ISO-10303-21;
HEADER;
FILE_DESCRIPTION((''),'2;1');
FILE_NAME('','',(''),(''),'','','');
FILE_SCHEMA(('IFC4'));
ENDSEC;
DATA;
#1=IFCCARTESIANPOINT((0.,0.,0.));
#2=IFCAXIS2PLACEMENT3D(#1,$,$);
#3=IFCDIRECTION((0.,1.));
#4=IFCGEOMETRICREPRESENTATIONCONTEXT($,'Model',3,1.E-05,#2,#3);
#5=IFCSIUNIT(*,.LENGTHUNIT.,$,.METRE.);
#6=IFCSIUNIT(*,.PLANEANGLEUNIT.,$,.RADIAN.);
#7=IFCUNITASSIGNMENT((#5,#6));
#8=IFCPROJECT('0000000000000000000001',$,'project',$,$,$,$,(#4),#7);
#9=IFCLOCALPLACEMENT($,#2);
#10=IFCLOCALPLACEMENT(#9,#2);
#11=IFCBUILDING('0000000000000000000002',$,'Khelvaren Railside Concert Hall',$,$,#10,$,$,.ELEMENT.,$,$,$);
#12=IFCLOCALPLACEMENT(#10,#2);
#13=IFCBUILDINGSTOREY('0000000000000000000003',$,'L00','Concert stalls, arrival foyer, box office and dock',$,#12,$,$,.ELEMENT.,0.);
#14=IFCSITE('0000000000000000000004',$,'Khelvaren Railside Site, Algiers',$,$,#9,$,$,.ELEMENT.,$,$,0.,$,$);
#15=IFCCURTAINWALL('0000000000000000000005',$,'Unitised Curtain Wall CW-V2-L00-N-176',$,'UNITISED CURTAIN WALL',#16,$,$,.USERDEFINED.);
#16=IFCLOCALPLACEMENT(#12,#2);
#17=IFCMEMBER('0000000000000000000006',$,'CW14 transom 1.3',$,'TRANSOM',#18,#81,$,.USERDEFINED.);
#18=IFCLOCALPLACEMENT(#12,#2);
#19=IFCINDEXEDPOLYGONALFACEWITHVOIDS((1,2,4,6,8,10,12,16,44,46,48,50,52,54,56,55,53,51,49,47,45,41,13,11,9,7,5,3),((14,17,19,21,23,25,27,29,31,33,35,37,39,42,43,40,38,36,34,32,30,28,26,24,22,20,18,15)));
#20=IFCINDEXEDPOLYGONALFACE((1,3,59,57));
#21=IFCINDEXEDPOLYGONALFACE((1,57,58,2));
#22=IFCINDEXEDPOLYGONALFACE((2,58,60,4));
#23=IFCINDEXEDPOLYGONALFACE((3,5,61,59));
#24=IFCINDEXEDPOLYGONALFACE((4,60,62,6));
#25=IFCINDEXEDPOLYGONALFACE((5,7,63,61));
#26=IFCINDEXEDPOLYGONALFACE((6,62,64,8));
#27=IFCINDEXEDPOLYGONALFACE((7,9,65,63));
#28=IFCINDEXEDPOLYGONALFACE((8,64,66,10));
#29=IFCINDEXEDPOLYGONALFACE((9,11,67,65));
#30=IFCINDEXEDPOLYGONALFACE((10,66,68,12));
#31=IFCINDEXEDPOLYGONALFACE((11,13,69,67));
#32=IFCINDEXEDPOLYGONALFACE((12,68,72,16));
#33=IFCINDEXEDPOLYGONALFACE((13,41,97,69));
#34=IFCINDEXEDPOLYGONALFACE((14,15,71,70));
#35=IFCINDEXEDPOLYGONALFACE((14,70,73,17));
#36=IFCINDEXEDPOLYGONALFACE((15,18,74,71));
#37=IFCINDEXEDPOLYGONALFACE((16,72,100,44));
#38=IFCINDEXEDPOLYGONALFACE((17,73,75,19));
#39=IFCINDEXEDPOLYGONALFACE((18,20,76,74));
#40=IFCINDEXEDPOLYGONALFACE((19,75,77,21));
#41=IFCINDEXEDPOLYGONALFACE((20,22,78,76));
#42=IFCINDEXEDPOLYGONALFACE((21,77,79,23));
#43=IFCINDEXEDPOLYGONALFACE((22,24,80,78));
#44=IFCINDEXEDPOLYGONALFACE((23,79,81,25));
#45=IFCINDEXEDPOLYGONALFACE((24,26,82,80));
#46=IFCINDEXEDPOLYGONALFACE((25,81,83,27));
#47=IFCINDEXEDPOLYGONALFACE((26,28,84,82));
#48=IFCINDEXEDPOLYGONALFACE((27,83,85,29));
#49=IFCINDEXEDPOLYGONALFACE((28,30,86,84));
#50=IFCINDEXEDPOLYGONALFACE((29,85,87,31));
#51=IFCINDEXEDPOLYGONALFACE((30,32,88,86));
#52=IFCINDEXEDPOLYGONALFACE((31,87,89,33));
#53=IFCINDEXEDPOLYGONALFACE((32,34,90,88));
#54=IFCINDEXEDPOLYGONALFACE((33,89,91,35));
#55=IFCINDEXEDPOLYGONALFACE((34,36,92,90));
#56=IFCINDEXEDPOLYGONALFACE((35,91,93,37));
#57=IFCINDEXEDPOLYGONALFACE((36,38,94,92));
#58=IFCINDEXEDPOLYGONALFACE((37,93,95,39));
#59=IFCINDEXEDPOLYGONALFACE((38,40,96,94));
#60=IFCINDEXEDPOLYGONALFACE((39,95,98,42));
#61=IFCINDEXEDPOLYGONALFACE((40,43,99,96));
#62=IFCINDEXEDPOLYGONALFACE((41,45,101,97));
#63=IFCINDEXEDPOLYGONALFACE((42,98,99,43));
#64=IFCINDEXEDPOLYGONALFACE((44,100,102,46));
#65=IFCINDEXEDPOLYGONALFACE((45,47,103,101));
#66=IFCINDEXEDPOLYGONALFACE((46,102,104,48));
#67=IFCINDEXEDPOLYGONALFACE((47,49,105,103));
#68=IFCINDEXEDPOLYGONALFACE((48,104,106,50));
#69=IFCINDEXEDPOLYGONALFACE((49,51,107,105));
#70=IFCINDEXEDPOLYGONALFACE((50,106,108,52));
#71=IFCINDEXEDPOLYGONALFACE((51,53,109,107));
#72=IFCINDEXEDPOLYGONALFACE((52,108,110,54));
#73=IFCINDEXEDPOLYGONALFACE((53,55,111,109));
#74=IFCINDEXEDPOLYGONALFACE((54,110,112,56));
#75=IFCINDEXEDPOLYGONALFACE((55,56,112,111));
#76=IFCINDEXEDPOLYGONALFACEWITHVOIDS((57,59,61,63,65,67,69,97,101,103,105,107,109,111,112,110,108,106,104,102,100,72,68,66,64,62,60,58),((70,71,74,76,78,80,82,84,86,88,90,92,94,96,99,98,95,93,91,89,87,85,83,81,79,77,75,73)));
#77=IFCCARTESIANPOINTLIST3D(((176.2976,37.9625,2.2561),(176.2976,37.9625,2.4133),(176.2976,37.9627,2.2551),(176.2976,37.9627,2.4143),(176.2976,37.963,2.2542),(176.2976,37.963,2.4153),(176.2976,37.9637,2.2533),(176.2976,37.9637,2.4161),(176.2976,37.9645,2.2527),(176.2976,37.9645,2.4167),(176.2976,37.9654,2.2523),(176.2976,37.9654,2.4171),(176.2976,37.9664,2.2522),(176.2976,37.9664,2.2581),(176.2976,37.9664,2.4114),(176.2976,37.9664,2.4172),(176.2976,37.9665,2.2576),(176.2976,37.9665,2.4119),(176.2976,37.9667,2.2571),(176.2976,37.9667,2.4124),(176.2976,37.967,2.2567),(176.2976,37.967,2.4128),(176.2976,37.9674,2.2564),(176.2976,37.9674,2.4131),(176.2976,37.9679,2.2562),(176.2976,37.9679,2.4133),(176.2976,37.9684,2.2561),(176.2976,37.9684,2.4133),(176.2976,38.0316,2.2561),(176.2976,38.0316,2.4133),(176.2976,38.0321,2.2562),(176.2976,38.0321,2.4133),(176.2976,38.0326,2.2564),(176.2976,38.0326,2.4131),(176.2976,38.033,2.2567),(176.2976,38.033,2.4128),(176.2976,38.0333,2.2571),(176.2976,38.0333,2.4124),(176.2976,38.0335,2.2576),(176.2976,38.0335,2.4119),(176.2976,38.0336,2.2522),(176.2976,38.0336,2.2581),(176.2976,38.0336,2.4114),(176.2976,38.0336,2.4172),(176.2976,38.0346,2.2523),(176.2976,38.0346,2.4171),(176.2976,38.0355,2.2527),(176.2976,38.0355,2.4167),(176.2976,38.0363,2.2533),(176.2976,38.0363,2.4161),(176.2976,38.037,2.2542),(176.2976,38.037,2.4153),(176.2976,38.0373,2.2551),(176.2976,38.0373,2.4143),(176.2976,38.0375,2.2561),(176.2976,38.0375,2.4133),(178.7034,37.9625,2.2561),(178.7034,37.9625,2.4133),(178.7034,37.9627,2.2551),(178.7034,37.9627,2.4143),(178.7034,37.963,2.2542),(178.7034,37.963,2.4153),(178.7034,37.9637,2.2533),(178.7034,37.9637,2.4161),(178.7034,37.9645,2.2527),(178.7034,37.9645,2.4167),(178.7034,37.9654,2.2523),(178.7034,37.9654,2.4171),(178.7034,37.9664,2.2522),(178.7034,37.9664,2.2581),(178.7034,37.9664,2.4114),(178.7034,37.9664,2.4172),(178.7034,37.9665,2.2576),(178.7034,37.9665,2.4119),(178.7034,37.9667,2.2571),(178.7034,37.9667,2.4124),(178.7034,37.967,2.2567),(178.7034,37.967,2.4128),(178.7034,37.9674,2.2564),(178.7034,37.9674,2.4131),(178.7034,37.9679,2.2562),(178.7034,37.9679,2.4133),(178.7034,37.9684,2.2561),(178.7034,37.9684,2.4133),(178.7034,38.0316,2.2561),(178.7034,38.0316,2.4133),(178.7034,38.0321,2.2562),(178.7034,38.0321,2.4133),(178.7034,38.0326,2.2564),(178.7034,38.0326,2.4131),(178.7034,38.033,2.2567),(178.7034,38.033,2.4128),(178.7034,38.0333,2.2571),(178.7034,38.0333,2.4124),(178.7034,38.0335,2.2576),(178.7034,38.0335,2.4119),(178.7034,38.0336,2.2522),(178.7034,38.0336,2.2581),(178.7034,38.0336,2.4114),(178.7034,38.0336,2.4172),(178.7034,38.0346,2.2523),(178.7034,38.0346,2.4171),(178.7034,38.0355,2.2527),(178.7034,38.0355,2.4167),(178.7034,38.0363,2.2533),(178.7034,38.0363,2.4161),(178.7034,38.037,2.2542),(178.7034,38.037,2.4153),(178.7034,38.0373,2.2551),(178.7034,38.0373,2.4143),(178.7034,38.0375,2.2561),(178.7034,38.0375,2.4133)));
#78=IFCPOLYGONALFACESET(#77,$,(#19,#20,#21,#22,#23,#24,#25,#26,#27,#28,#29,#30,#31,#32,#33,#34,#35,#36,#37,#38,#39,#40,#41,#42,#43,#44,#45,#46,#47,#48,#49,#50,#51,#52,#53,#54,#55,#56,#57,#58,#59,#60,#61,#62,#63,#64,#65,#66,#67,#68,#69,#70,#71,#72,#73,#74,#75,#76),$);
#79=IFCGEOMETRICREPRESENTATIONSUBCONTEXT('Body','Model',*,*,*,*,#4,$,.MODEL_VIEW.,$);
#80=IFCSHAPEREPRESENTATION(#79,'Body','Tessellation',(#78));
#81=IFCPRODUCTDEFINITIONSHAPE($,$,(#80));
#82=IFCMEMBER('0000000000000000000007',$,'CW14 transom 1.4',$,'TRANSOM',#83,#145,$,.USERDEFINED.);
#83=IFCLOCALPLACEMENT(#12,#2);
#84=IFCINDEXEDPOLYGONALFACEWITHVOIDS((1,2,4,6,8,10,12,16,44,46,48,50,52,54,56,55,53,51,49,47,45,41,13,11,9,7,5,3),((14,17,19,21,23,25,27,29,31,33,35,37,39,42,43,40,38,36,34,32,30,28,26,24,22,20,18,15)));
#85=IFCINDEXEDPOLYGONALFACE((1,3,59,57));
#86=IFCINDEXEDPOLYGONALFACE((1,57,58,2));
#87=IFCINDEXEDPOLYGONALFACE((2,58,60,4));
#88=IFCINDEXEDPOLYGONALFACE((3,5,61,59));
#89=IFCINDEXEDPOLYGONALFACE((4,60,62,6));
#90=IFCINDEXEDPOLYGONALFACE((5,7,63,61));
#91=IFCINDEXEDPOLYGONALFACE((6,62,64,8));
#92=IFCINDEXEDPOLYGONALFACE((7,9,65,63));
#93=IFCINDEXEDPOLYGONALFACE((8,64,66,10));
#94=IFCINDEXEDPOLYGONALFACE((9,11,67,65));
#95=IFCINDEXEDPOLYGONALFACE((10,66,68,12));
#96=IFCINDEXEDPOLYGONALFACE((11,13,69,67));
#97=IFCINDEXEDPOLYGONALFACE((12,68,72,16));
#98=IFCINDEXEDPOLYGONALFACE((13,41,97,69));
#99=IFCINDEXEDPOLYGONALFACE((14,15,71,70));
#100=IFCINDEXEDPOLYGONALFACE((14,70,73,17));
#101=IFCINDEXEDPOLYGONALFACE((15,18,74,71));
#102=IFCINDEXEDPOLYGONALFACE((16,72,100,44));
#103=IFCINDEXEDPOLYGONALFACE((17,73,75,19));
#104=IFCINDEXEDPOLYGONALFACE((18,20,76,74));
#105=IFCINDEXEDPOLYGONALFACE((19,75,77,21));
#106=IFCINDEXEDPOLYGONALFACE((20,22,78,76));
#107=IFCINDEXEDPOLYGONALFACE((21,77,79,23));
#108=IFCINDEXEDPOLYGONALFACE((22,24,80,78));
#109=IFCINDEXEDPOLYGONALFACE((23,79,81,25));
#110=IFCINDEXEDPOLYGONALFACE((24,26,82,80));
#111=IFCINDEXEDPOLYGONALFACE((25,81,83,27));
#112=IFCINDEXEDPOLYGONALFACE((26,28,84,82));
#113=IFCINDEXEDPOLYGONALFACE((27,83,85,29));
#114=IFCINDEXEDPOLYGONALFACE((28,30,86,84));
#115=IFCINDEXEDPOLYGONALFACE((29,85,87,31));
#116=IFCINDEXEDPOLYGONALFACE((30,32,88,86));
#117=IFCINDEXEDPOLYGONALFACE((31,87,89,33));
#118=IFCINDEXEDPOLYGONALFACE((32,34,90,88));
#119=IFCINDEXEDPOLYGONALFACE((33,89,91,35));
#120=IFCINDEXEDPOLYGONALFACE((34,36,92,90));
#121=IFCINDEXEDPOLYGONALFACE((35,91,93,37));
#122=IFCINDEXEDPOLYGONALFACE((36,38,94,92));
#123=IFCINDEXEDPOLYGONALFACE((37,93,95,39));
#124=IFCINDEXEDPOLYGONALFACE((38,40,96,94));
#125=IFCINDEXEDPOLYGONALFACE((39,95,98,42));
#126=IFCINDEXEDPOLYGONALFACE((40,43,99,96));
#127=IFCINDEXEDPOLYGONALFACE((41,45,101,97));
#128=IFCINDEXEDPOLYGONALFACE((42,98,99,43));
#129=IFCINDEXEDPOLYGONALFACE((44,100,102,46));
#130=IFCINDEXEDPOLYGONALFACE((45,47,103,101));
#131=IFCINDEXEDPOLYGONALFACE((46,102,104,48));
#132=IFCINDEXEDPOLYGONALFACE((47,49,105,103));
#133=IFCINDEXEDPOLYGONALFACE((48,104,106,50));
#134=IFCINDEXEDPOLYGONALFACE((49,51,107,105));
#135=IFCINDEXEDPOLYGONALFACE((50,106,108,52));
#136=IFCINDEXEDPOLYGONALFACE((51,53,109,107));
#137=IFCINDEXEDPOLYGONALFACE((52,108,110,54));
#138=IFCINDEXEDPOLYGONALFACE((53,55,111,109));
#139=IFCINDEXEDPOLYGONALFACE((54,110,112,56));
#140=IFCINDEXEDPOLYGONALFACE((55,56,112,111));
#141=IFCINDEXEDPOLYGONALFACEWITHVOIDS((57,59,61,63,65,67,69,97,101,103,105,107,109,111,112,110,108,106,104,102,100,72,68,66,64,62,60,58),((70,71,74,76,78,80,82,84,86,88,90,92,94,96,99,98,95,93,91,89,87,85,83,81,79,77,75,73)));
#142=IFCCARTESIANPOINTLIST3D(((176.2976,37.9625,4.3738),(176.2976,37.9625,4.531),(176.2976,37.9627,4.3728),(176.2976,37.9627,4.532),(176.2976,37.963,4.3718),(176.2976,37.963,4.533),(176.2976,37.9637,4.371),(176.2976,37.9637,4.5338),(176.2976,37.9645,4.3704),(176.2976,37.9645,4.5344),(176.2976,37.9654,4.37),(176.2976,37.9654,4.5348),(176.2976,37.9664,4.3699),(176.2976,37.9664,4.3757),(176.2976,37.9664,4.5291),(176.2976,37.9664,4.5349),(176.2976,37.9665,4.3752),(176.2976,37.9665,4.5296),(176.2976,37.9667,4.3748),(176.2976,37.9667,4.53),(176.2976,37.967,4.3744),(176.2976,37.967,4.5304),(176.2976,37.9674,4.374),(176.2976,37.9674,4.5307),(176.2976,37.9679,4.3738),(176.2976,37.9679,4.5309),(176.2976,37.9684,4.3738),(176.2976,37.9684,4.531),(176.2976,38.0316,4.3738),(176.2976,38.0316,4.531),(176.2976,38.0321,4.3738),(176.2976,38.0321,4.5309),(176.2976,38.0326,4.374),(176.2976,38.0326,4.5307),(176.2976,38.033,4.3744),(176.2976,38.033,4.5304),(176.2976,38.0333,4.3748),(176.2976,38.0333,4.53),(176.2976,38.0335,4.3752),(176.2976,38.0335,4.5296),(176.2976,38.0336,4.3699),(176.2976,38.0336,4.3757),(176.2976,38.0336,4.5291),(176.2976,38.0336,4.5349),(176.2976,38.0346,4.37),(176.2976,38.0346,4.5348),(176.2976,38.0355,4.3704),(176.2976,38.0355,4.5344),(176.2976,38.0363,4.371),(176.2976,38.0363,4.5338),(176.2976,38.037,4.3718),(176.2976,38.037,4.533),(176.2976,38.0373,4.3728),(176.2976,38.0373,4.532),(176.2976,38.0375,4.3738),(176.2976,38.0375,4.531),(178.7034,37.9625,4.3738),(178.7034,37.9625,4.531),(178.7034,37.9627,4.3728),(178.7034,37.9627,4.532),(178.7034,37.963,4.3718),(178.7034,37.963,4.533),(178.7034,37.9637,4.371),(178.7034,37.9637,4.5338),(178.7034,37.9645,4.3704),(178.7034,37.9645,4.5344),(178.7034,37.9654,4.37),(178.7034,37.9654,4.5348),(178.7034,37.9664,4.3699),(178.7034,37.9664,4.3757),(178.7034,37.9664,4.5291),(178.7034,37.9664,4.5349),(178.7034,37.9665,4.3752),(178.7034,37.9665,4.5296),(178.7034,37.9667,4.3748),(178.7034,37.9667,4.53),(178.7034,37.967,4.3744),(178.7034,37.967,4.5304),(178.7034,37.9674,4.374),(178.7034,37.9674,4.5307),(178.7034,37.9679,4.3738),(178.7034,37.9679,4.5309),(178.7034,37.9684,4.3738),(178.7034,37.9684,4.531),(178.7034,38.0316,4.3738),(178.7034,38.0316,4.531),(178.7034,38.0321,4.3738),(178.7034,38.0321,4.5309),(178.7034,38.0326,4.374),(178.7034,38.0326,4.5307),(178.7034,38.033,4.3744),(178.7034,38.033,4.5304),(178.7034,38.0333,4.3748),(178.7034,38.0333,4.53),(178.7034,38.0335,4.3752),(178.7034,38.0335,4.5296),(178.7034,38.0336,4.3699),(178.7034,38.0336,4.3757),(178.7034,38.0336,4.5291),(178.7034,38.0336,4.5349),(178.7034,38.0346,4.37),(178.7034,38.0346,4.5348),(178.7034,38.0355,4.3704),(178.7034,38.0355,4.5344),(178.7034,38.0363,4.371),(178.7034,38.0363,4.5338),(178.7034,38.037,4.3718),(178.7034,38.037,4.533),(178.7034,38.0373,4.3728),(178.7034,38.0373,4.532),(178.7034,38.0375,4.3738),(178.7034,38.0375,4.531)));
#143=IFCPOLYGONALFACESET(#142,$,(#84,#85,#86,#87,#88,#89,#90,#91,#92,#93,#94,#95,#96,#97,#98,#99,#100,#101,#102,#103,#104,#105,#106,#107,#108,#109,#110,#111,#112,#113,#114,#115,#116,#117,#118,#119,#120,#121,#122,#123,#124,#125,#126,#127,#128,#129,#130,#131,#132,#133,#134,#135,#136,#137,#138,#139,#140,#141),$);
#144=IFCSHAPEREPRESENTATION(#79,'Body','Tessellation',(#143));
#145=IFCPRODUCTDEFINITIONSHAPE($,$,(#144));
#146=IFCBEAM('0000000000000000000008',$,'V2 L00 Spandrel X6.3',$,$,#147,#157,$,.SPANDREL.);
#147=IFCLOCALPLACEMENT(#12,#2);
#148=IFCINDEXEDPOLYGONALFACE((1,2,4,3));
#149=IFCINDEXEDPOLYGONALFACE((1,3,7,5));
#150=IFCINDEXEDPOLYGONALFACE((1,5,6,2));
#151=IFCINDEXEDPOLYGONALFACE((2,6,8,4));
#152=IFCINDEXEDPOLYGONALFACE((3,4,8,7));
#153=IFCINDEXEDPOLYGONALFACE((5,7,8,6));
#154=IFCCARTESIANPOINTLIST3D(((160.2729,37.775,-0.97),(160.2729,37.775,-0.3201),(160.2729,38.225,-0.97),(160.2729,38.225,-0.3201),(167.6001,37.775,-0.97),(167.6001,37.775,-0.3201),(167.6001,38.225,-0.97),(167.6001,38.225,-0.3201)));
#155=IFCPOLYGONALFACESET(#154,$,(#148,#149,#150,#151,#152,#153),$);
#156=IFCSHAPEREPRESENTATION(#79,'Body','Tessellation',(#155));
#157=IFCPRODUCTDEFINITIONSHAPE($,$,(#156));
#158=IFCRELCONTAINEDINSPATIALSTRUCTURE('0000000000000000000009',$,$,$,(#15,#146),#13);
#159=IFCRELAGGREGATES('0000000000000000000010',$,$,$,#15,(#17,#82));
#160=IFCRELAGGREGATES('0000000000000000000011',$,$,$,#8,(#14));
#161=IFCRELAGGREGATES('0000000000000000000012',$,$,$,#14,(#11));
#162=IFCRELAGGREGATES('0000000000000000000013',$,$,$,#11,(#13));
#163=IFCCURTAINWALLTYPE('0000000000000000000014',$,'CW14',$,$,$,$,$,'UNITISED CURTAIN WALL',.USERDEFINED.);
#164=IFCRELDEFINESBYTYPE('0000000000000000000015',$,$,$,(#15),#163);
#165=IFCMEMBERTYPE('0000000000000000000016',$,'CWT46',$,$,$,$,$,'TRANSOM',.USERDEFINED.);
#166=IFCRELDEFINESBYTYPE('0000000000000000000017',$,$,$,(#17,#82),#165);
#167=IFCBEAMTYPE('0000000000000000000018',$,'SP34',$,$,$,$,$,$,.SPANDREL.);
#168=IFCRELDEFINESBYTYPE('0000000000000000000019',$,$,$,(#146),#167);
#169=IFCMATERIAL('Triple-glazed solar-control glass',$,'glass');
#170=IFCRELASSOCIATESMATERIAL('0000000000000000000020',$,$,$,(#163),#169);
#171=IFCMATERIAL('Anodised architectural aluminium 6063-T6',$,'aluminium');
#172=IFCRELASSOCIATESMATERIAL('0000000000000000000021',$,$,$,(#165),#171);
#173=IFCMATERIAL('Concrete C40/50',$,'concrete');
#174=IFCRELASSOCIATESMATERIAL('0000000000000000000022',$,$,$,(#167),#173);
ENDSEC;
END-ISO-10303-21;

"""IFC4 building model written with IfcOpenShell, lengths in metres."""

from ifc_helpers import new_model, si_unit, direction, frame, origin, origin_2d, place, context, subcontext, project, spatial, rectangle, hollow_rectangle, extrude, material, material_profile, profile_set, type_object, element, aggregate, save


model = new_model("IFC4")

# Units and contexts
model_context = context("Model", 3, precision=1e-05, world=origin(), true_north=direction((0.0, 1.0)))
body_context = subcontext(model_context, "Body", "Model", "MODEL_VIEW")
ifc_project = project(units=[si_unit("LENGTHUNIT", "METRE"), si_unit("PLANEANGLEUNIT", "RADIAN")], contexts=[model_context])

# Site, building, storey
site_placement = place(None, origin())
site = spatial("IfcSite", under=ifc_project, at=site_placement, Name="Khelvaren Railside Site, Algiers", CompositionType="ELEMENT", RefElevation=0.0)
building_placement = place(site_placement, origin())
building = spatial("IfcBuilding", under=site, at=building_placement, Name="Khelvaren Railside Concert Hall", CompositionType="ELEMENT")
storey_placement = place(building_placement, origin())
storey = spatial("IfcBuildingStorey", under=building, at=storey_placement, Name="L00", Description="Concert stalls, arrival foyer, box office and dock", CompositionType="ELEMENT", Elevation=0.0)

# Shared definitions
ifc_material_1 = material(Name="Triple-glazed solar-control glass", Category="glass")
ifc_material_2 = material(Name="Anodised architectural aluminium 6063-T6", Category="aluminium")

# Curtain wall
curtain_wall_type_1 = type_object("IfcCurtainWallType", Name="CW14", ElementType="UNITISED CURTAIN WALL", PredefinedType="USERDEFINED", material=ifc_material_1)
curtain_wall_1_placement = place(storey_placement, origin())
curtain_wall_1 = element("IfcCurtainWall", 1, at=curtain_wall_1_placement, inside=storey, type_object=curtain_wall_type_1, Name="Unitised Curtain Wall CW-V2-L00-N-176", ObjectType="UNITISED CURTAIN WALL", PredefinedType="USERDEFINED")

# Members
ifc_material_profile_1 = material_profile(ifc_material_2, hollow_rectangle(XDim=0.075, YDim=0.165, WallThickness=0.0039, InnerFilletRadius=0.002, OuterFilletRadius=0.0039, at=origin_2d()), Name="CWT 75x165x4")
ifc_profile_set_1 = profile_set([ifc_material_profile_1], Name="Anodised architectural aluminium 6063-T6")
member_type_1 = type_object("IfcMemberType", Name="CWT46", ElementType="TRANSOM", PredefinedType="USERDEFINED", material=ifc_profile_set_1)
member_1_placement = place(storey_placement, frame((176.2976, 38.0, 2.3347), z_axis=(1.0, 0.0, 0.0), x_axis=(0.0, 1.0, 0.0)))
member_1 = element("IfcMember", 2, at=member_1_placement, type_object=member_type_1, Name="CW14 transom 1.3", ObjectType="TRANSOM", PredefinedType="USERDEFINED", context=body_context, shape_type="SweptSolid", body=[
    extrude(hollow_rectangle(XDim=0.075, YDim=0.165, WallThickness=0.0039, InnerFilletRadius=0.002, OuterFilletRadius=0.0039, at=origin_2d()), origin(), (0.0, 0.0, 1.0), 2.4058),
])
member_2_placement = place(storey_placement, frame((176.2976, 38.0, 4.4524), z_axis=(1.0, 0.0, 0.0), x_axis=(0.0, 1.0, 0.0)))
member_2 = element("IfcMember", 3, at=member_2_placement, type_object=member_type_1, Name="CW14 transom 1.4", ObjectType="TRANSOM", PredefinedType="USERDEFINED", context=body_context, shape_type="SweptSolid", body=[
    extrude(hollow_rectangle(XDim=0.075, YDim=0.165, WallThickness=0.0039, InnerFilletRadius=0.002, OuterFilletRadius=0.0039, at=origin_2d()), origin(), (0.0, 0.0, 1.0), 2.4058),
])
aggregate(curtain_wall_1, [member_1, member_2])

# Beam
ifc_material_3 = material(Name="Concrete C40/50", Category="concrete")
ifc_material_profile_2 = material_profile(ifc_material_3, rectangle(XDim=0.45, YDim=0.6499, at=origin_2d()), Name="RCB 450x650")
ifc_profile_set_2 = profile_set([ifc_material_profile_2], Name="Concrete C40/50")
beam_type_1 = type_object("IfcBeamType", Name="SP34", PredefinedType="SPANDREL", material=ifc_profile_set_2)
beam_1_placement = place(storey_placement, frame((160.2729, 38.0, -0.645), z_axis=(1.0, 0.0, 0.0), x_axis=(0.0, 1.0, 0.0)))
element("IfcBeam", 4, at=beam_1_placement, inside=storey, type_object=beam_type_1, Name="V2 L00 Spandrel X6.3", PredefinedType="SPANDREL", context=body_context, shape_type="SweptSolid", body=[
    extrude(rectangle(XDim=0.45, YDim=0.6499, at=origin_2d()), origin(), (0.0, 0.0, 1.0), 7.3271),
])

save(model, "model.ifc")
